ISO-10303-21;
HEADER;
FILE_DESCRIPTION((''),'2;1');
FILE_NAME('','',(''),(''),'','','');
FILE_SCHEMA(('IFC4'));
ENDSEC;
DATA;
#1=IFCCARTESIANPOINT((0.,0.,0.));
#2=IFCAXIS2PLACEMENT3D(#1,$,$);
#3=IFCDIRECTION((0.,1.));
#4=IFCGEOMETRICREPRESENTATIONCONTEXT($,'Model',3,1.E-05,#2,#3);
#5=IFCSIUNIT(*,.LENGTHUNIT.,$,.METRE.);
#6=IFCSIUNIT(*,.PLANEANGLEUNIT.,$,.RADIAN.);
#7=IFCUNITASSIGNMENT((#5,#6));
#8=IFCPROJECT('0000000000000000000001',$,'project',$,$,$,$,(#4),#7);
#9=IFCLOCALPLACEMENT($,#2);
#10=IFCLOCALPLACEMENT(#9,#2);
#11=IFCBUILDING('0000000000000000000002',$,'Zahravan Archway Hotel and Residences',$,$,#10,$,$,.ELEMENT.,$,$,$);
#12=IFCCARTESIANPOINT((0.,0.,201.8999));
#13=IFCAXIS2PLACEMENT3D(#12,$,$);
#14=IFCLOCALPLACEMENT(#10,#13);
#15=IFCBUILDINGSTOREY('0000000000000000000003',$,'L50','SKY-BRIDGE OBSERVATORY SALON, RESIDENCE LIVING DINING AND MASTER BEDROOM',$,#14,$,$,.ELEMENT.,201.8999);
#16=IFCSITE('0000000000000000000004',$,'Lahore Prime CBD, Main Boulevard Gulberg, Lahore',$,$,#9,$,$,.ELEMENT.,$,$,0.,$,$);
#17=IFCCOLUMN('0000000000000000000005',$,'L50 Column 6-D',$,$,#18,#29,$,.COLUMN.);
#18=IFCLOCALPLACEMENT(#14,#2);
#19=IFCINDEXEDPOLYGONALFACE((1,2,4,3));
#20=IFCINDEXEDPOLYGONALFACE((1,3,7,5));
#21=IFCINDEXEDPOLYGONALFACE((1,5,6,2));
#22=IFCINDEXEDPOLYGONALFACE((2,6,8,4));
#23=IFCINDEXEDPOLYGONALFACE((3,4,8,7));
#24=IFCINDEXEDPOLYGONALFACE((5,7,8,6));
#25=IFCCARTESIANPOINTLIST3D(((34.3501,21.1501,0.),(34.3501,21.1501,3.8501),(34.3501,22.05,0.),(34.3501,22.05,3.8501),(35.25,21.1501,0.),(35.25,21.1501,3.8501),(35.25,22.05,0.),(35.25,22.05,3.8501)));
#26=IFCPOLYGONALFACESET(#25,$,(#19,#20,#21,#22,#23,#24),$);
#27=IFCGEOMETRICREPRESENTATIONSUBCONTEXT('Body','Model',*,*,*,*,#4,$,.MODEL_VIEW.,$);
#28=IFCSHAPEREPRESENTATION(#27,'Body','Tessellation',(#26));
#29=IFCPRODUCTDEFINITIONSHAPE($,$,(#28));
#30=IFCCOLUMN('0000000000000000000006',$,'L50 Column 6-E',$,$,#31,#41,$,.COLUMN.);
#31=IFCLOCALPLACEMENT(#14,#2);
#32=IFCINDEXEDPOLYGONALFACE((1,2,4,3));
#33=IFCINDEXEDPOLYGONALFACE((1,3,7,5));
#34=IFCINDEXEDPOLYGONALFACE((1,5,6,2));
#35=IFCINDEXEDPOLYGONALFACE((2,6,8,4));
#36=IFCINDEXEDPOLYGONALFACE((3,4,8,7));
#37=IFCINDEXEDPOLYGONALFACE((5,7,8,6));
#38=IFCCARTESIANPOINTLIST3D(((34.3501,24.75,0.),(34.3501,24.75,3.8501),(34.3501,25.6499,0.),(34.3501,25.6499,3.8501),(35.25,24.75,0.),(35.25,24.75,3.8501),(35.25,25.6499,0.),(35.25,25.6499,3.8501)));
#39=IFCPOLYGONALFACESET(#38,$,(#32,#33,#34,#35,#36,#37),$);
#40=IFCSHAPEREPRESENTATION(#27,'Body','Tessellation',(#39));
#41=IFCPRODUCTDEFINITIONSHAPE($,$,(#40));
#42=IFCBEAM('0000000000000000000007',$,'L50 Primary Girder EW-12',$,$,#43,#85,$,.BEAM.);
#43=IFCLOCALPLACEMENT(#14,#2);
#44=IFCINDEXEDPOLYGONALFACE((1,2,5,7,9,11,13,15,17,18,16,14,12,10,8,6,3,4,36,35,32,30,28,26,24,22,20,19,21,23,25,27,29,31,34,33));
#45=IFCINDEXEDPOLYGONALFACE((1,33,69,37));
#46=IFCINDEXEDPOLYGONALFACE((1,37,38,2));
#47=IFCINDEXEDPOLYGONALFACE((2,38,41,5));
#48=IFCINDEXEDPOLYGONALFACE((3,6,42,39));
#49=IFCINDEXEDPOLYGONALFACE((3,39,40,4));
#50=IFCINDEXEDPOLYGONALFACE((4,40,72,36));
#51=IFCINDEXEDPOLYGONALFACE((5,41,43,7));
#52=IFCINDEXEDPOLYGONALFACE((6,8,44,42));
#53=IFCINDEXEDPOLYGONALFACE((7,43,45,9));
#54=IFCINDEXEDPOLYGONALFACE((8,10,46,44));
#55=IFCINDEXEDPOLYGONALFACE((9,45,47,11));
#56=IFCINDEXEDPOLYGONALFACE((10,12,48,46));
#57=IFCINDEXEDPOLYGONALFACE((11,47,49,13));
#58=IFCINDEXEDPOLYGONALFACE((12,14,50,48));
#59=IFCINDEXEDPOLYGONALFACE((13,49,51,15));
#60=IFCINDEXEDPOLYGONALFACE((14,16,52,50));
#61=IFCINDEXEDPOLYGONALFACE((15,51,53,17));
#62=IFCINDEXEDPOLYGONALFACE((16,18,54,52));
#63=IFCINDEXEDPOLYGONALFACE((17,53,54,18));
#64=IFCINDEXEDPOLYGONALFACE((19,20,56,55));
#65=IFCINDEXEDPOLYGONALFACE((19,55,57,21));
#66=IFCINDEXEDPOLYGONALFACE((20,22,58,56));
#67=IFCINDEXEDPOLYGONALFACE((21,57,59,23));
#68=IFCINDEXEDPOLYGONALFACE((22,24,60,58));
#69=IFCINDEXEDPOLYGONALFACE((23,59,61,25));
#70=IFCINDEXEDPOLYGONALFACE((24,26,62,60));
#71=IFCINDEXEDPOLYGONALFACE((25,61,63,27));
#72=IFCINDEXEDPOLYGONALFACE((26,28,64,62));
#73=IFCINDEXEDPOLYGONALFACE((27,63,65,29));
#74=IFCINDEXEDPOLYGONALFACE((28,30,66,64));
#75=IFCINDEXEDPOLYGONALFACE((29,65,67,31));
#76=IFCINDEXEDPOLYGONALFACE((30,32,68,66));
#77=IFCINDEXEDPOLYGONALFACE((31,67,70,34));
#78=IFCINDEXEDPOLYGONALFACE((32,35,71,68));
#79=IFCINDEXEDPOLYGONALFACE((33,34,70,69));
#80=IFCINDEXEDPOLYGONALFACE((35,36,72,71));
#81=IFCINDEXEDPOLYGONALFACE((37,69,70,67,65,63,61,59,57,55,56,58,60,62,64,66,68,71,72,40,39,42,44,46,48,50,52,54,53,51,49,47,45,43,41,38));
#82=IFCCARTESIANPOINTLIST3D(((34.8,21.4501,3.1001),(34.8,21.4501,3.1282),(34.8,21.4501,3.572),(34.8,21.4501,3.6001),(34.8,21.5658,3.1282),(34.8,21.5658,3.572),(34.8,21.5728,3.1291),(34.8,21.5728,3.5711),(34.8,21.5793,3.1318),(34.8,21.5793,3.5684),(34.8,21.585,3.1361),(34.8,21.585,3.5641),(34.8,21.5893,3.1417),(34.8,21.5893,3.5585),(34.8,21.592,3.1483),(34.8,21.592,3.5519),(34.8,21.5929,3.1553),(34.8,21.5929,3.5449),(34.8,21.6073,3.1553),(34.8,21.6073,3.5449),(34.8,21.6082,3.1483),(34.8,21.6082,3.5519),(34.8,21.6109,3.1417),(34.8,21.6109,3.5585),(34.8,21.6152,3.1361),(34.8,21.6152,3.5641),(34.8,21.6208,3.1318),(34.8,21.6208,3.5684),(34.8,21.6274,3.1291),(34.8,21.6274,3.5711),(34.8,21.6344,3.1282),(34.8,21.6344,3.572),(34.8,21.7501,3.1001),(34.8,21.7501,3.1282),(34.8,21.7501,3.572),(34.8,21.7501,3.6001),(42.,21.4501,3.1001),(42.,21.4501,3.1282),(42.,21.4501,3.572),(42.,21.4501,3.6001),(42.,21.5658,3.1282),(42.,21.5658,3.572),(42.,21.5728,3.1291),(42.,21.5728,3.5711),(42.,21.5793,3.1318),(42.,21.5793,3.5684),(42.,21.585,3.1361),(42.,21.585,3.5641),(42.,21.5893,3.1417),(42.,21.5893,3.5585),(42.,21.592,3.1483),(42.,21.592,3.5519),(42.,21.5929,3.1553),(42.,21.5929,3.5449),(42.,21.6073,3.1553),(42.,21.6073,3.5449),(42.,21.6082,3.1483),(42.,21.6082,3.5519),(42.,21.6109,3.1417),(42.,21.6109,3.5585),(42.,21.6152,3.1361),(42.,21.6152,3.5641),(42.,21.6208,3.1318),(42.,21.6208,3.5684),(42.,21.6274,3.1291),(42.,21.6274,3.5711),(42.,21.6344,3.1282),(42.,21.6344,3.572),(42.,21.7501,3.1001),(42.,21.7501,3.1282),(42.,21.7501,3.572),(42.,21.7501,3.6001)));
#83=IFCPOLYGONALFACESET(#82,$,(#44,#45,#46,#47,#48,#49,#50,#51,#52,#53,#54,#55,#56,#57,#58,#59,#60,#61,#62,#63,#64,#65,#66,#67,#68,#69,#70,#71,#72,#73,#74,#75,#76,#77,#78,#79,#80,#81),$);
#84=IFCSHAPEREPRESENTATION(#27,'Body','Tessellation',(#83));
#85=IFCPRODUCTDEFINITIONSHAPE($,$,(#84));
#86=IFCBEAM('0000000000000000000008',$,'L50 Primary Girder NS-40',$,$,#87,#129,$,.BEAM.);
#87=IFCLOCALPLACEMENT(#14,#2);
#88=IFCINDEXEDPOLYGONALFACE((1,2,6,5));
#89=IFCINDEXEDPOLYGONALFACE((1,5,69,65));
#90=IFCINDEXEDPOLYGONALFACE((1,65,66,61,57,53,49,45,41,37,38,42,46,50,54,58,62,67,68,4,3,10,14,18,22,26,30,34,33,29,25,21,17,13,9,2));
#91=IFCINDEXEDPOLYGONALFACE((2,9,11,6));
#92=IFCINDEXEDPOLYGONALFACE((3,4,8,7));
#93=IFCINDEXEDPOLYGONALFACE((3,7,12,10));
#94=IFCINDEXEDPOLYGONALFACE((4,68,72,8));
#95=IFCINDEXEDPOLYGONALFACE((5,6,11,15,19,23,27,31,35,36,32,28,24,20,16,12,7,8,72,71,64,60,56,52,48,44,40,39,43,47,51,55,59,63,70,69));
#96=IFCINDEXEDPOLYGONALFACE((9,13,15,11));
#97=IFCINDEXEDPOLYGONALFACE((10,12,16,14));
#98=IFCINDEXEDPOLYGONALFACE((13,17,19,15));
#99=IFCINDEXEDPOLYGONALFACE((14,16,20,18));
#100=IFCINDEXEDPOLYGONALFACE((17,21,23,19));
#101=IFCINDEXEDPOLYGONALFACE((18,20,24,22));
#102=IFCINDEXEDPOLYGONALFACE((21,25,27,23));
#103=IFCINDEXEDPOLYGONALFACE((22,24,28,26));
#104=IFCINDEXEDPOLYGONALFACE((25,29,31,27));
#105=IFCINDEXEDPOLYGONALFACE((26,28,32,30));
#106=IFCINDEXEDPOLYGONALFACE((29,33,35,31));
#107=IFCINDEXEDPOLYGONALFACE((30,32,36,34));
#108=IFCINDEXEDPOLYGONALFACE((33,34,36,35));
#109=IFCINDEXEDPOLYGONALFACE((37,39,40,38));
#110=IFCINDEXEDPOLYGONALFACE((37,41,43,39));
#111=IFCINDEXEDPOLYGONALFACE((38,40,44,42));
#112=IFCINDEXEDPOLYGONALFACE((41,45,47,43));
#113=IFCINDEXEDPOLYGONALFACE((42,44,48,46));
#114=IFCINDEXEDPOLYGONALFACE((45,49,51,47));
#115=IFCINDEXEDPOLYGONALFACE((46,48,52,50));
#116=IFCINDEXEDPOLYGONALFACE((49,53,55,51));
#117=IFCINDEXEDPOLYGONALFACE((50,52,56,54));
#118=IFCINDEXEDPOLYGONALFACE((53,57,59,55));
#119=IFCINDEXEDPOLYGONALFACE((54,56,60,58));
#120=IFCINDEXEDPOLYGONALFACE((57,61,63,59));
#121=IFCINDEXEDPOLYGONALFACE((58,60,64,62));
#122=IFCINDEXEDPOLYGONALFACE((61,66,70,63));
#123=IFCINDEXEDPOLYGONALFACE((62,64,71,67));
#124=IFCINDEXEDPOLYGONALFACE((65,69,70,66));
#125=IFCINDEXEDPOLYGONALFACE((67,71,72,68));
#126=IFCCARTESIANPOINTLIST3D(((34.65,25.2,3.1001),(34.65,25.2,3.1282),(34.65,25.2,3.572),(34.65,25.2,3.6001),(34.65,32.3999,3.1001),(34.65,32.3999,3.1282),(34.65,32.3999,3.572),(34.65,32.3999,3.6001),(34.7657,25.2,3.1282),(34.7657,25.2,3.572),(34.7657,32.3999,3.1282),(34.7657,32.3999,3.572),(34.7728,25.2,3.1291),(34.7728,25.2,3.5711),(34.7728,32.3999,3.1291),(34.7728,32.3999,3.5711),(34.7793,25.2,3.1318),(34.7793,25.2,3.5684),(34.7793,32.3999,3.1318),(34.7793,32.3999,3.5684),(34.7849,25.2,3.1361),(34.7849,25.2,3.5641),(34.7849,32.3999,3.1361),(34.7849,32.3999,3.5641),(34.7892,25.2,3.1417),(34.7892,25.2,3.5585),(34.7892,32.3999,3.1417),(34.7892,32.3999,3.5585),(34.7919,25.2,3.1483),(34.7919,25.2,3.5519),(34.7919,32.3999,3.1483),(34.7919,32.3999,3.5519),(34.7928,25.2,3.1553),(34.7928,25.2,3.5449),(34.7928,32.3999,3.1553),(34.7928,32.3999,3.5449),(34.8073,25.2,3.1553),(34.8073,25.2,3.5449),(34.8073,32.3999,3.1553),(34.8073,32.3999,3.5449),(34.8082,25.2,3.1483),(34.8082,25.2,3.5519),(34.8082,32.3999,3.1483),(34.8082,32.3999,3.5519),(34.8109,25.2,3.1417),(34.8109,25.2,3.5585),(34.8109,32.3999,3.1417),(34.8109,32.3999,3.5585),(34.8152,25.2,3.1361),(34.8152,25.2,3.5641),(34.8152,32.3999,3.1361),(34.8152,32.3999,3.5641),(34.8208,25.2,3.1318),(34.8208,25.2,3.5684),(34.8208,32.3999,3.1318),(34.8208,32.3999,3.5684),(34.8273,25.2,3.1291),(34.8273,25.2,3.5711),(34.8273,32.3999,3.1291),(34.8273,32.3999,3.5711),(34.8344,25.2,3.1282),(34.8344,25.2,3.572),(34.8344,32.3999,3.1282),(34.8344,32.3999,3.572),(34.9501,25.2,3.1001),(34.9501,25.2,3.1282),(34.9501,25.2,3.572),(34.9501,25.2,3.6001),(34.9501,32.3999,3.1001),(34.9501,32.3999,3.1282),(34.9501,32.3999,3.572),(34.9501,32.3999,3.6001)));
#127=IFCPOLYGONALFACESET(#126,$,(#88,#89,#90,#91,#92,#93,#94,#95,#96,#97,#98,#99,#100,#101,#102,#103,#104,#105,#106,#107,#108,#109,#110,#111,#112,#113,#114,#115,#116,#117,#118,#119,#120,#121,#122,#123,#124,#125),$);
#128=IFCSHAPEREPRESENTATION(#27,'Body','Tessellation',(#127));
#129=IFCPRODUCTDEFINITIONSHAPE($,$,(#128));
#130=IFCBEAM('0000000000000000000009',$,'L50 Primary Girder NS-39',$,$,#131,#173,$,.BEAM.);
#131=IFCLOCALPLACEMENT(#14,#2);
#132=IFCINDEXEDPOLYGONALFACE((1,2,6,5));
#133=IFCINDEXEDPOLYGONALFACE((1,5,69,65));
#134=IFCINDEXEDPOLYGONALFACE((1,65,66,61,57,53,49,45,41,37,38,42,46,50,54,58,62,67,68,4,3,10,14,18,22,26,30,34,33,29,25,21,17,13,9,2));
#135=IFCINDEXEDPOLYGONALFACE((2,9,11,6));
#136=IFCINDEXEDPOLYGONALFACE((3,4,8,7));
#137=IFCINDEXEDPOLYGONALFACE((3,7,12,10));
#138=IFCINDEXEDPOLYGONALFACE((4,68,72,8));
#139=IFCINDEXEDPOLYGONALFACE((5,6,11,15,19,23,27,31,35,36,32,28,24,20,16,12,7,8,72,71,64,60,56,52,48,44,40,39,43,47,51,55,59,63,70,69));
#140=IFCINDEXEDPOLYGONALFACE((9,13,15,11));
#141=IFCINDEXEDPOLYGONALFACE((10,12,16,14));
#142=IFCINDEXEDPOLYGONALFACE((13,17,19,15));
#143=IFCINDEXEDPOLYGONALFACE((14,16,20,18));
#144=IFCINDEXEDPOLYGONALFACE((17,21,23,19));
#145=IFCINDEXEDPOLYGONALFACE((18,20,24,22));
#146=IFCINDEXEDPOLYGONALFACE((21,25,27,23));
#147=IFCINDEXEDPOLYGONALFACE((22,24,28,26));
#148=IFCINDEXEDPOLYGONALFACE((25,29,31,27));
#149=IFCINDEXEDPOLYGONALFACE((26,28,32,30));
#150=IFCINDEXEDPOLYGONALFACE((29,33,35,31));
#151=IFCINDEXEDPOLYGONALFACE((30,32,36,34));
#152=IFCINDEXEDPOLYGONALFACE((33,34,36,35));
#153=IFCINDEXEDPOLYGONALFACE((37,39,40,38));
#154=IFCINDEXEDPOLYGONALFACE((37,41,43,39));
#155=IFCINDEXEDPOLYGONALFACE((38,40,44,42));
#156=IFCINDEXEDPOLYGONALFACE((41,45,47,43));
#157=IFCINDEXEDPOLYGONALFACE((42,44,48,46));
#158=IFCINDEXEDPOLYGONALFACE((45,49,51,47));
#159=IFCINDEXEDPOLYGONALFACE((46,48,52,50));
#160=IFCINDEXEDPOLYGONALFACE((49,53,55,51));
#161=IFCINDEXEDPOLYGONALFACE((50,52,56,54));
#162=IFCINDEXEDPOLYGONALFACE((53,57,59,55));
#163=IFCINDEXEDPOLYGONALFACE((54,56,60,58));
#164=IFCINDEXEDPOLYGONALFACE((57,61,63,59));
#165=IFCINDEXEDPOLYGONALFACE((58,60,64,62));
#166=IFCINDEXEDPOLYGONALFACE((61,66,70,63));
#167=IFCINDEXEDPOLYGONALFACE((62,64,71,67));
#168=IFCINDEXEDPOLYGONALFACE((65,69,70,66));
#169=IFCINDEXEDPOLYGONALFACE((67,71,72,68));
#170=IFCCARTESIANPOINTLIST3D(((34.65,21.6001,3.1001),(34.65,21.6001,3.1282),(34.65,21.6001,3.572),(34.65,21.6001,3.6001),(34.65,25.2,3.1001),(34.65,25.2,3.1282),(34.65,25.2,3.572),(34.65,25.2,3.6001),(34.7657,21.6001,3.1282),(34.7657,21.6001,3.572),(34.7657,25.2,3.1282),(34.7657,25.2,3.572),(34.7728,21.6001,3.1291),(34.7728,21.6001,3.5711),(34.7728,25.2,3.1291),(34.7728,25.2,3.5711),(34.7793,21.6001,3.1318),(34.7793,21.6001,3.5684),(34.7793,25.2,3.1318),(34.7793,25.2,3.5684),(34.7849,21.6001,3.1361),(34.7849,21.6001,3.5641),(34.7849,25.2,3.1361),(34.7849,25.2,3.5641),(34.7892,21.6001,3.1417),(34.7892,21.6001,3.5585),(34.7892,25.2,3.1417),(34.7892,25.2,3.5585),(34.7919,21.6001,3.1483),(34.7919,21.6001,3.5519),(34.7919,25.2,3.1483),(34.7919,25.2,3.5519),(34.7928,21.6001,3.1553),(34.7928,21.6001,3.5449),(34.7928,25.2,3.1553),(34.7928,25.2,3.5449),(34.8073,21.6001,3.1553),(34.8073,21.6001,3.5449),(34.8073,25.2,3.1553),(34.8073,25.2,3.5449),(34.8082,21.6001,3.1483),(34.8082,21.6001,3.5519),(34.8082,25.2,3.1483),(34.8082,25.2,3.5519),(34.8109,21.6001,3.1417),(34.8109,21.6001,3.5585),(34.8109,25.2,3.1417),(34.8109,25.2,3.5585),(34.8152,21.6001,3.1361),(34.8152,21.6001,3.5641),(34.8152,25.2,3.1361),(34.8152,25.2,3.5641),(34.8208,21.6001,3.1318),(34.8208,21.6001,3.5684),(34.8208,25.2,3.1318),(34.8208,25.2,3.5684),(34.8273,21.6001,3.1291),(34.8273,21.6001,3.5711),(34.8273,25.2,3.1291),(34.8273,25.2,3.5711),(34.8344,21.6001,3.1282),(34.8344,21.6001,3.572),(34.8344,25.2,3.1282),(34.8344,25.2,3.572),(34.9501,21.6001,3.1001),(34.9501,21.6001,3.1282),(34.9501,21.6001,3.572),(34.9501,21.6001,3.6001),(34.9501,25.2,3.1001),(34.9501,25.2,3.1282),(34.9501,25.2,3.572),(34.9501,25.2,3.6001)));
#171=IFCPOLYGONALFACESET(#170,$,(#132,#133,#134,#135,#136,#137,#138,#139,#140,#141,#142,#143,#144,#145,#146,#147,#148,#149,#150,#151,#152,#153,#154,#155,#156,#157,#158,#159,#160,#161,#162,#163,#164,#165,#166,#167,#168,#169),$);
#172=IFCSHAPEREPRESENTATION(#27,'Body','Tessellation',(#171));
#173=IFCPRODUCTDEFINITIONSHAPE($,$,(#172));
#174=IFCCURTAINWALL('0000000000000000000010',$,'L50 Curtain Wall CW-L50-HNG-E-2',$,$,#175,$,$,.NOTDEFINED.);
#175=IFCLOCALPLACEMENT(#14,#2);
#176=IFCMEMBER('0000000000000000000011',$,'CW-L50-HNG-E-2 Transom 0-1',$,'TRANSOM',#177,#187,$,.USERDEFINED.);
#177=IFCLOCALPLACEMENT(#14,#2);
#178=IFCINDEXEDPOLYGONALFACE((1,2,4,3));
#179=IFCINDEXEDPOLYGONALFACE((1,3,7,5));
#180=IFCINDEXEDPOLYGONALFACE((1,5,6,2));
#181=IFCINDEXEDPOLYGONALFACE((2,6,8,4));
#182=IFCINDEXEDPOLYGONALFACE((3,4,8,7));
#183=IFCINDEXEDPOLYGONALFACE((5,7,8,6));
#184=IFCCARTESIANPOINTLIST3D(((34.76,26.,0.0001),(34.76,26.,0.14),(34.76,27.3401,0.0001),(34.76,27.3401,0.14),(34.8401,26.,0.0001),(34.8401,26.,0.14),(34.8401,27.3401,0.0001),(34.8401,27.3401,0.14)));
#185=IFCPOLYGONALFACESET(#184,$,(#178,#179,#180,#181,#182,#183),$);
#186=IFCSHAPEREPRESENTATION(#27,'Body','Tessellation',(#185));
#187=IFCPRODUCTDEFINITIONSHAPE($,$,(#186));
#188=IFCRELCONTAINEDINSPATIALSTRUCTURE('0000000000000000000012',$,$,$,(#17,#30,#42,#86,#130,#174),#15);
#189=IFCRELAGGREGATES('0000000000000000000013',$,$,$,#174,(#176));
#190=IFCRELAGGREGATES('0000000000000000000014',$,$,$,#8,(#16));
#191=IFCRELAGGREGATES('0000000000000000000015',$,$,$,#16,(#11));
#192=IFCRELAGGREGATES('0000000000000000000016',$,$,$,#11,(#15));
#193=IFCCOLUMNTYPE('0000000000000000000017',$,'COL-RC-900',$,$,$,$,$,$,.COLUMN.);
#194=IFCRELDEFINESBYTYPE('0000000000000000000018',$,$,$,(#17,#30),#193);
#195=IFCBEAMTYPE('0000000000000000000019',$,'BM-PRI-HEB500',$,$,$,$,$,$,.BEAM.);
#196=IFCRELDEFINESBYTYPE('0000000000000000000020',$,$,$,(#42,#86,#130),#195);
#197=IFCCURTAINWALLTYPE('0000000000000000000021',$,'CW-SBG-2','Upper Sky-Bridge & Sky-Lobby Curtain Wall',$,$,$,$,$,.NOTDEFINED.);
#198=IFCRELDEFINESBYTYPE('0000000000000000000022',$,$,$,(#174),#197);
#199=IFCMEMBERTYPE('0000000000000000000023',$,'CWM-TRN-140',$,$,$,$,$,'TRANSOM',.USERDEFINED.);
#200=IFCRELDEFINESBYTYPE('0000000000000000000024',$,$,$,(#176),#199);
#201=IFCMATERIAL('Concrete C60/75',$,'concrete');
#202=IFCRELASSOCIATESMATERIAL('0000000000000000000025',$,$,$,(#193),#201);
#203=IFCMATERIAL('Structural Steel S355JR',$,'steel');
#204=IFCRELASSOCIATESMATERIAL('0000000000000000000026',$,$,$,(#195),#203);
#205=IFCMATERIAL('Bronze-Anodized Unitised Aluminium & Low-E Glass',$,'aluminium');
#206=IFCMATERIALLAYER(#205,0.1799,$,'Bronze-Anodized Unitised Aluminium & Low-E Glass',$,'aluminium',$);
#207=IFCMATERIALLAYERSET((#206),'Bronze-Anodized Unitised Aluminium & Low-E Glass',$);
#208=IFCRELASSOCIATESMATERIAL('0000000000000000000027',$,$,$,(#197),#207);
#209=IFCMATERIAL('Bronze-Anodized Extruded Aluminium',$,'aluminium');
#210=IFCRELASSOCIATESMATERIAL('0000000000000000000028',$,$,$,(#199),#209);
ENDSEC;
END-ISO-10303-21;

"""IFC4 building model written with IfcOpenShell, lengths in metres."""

from ifc_helpers import new_model, si_unit, direction, frame, origin, origin_2d, place, context, subcontext, project, spatial, rectangle, i_section, extrude, source, transform, mapped, material, layer, layer_set, material_profile, profile_set, type_object, type_shapes, element, aggregate, save


model = new_model("IFC4")

# Units and contexts
model_context = context("Model", 3, precision=1e-05, world=origin(), true_north=direction((0.0, 1.0)))
body_context = subcontext(model_context, "Body", "Model", "MODEL_VIEW")
ifc_project = project(units=[si_unit("LENGTHUNIT", "METRE"), si_unit("PLANEANGLEUNIT", "RADIAN")], contexts=[model_context])

# Site, building, storey
site_placement = place(None, origin())
site = spatial("IfcSite", under=ifc_project, at=site_placement, Name="Lahore Prime CBD, Main Boulevard Gulberg, Lahore", CompositionType="ELEMENT", RefElevation=0.0)
building_placement = place(site_placement, origin())
building = spatial("IfcBuilding", under=site, at=building_placement, Name="Zahravan Archway Hotel and Residences", CompositionType="ELEMENT")
storey_placement = place(building_placement, frame((0.0, 0.0, 201.8999)))
storey = spatial("IfcBuildingStorey", under=building, at=storey_placement, Name="L50", Description="SKY-BRIDGE OBSERVATORY SALON, RESIDENCE LIVING DINING AND MASTER BEDROOM", CompositionType="ELEMENT", Elevation=201.8999)

# Columns
ifc_material_1 = material(Name="Concrete C60/75", Category="concrete")
ifc_material_profile_1 = material_profile(ifc_material_1, rectangle(XDim=0.8999, YDim=0.8999, at=origin_2d()), Name="RC-COL-900x900", Category="concrete")
ifc_profile_set_1 = profile_set([ifc_material_profile_1], Name="Concrete C60/75")
column_type = type_object("IfcColumnType", Name="COL-RC-900", PredefinedType="COLUMN", material=ifc_profile_set_1)
shared_shape_1 = source(origin(), body_context, "Body", "SweptSolid", [
    extrude(rectangle(XDim=0.8999, YDim=0.8999, at=origin_2d()), origin(), (0.0, 0.0, 1.0), 3.8501),
])
type_shapes(column_type, [shared_shape_1])
for number, where, z_axis, x_axis, name in (
    (1, (34.8, 21.6001, 0.0), (0.0, 0.0, 1.0), (1.0, 0.0, 0.0), "L50 Column 6-D"),
    (2, (34.8, 25.2, 0.0), (0.0, 0.0, 1.0), (1.0, 0.0, 0.0), "L50 Column 6-E"),
):
    element("IfcColumn", number, at=place(storey_placement, frame(where, z_axis=z_axis, x_axis=x_axis)), inside=storey, type_object=column_type, Name=name, PredefinedType="COLUMN", context=body_context, shape_type="MappedRepresentation", body=[
        mapped(shared_shape_1, transform((0.0, 0.0, 0.0), scale=1.0)),
    ])

# Beams
ifc_material_2 = material(Name="Structural Steel S355JR", Category="steel")
ifc_material_profile_2 = material_profile(ifc_material_2, i_section(OverallWidth=0.3, OverallDepth=0.5, WebThickness=0.0144, FlangeThickness=0.0281, FilletRadius=0.0271, at=origin_2d()), Name="HEB 500", Category="steel")
ifc_profile_set_2 = profile_set([ifc_material_profile_2], Name="Structural Steel S355JR")
beam_type = type_object("IfcBeamType", Name="BM-PRI-HEB500", PredefinedType="BEAM", material=ifc_profile_set_2)
shared_shape_2 = source(origin(), body_context, "Body", "SweptSolid", [
    extrude(i_section(OverallWidth=0.3, OverallDepth=0.5, WebThickness=0.0144, FlangeThickness=0.0281, FilletRadius=0.0271, at=origin_2d()), origin(), (0.0, 0.0, 1.0), 7.2),
])
for number, where, z_axis, x_axis, name in (
    (3, (34.8, 21.6001, 3.3501), (1.0, 0.0, 0.0), (0.0, 1.0, 0.0), "L50 Primary Girder EW-12"),
    (4, (34.8, 25.2, 3.3501), (0.0, 1.0, 0.0), (-1.0, 0.0, 0.0), "L50 Primary Girder NS-40"),
):
    element("IfcBeam", number, at=place(storey_placement, frame(where, z_axis=z_axis, x_axis=x_axis)), inside=storey, type_object=beam_type, Name=name, PredefinedType="BEAM", context=body_context, shape_type="MappedRepresentation", body=[
        mapped(shared_shape_2, transform((0.0, 0.0, 0.0), scale=1.0)),
    ])
shared_shape_3 = source(origin(), body_context, "Body", "SweptSolid", [
    extrude(i_section(OverallWidth=0.3, OverallDepth=0.5, WebThickness=0.0144, FlangeThickness=0.0281, FilletRadius=0.0271, at=origin_2d()), origin(), (0.0, 0.0, 1.0), 3.5999),
])
beam_placement = place(storey_placement, frame((34.8, 21.6001, 3.3501), z_axis=(0.0, 1.0, 0.0), x_axis=(-1.0, 0.0, 0.0)))
element("IfcBeam", 5, at=beam_placement, inside=storey, type_object=beam_type, Name="L50 Primary Girder NS-39", PredefinedType="BEAM", context=body_context, shape_type="MappedRepresentation", body=[
    mapped(shared_shape_3, transform((0.0, 0.0, 0.0), scale=1.0)),
])

# Curtain wall, member
ifc_material_3 = material(Name="Bronze-Anodized Unitised Aluminium & Low-E Glass", Category="aluminium")
ifc_layer_1 = layer(ifc_material_3, 0.1799, Name="Bronze-Anodized Unitised Aluminium & Low-E Glass", Category="aluminium")
ifc_layer_set_1 = layer_set([ifc_layer_1], Name="Bronze-Anodized Unitised Aluminium & Low-E Glass")
curtain_wall_type = type_object("IfcCurtainWallType", Name="CW-SBG-2", Description="Upper Sky-Bridge & Sky-Lobby Curtain Wall", PredefinedType="NOTDEFINED", material=ifc_layer_set_1)
curtain_wall_1_placement = place(storey_placement, origin())
curtain_wall_1 = element("IfcCurtainWall", 6, at=curtain_wall_1_placement, inside=storey, type_object=curtain_wall_type, Name="L50 Curtain Wall CW-L50-HNG-E-2", PredefinedType="NOTDEFINED")
ifc_material_4 = material(Name="Bronze-Anodized Extruded Aluminium", Category="aluminium")
ifc_material_profile_3 = material_profile(ifc_material_4, rectangle(XDim=0.0801, YDim=0.1399, at=origin_2d()), Name="TRN 80x140", Category="aluminium")
ifc_profile_set_3 = profile_set([ifc_material_profile_3], Name="Bronze-Anodized Extruded Aluminium")
member_type_1 = type_object("IfcMemberType", Name="CWM-TRN-140", ElementType="TRANSOM", PredefinedType="USERDEFINED", material=ifc_profile_set_3)
shared_shape_4 = source(origin(), body_context, "Body", "SweptSolid", [
    extrude(rectangle(XDim=0.0801, YDim=0.1399, at=origin_2d()), origin(), (0.0, 0.0, 1.0), 1.3401),
])
member_1_placement = place(storey_placement, frame((34.8, 26.0, 0.0701), z_axis=(0.0, 1.0, 0.0), x_axis=(-1.0, 0.0, 0.0)))
member_1 = element("IfcMember", 7, at=member_1_placement, type_object=member_type_1, Name="CW-L50-HNG-E-2 Transom 0-1", ObjectType="TRANSOM", PredefinedType="USERDEFINED", context=body_context, shape_type="MappedRepresentation", body=[
    mapped(shared_shape_4, transform((0.0, 0.0, 0.0), scale=1.0)),
])

aggregate(curtain_wall_1, [member_1])

save(model, "model.ifc")
